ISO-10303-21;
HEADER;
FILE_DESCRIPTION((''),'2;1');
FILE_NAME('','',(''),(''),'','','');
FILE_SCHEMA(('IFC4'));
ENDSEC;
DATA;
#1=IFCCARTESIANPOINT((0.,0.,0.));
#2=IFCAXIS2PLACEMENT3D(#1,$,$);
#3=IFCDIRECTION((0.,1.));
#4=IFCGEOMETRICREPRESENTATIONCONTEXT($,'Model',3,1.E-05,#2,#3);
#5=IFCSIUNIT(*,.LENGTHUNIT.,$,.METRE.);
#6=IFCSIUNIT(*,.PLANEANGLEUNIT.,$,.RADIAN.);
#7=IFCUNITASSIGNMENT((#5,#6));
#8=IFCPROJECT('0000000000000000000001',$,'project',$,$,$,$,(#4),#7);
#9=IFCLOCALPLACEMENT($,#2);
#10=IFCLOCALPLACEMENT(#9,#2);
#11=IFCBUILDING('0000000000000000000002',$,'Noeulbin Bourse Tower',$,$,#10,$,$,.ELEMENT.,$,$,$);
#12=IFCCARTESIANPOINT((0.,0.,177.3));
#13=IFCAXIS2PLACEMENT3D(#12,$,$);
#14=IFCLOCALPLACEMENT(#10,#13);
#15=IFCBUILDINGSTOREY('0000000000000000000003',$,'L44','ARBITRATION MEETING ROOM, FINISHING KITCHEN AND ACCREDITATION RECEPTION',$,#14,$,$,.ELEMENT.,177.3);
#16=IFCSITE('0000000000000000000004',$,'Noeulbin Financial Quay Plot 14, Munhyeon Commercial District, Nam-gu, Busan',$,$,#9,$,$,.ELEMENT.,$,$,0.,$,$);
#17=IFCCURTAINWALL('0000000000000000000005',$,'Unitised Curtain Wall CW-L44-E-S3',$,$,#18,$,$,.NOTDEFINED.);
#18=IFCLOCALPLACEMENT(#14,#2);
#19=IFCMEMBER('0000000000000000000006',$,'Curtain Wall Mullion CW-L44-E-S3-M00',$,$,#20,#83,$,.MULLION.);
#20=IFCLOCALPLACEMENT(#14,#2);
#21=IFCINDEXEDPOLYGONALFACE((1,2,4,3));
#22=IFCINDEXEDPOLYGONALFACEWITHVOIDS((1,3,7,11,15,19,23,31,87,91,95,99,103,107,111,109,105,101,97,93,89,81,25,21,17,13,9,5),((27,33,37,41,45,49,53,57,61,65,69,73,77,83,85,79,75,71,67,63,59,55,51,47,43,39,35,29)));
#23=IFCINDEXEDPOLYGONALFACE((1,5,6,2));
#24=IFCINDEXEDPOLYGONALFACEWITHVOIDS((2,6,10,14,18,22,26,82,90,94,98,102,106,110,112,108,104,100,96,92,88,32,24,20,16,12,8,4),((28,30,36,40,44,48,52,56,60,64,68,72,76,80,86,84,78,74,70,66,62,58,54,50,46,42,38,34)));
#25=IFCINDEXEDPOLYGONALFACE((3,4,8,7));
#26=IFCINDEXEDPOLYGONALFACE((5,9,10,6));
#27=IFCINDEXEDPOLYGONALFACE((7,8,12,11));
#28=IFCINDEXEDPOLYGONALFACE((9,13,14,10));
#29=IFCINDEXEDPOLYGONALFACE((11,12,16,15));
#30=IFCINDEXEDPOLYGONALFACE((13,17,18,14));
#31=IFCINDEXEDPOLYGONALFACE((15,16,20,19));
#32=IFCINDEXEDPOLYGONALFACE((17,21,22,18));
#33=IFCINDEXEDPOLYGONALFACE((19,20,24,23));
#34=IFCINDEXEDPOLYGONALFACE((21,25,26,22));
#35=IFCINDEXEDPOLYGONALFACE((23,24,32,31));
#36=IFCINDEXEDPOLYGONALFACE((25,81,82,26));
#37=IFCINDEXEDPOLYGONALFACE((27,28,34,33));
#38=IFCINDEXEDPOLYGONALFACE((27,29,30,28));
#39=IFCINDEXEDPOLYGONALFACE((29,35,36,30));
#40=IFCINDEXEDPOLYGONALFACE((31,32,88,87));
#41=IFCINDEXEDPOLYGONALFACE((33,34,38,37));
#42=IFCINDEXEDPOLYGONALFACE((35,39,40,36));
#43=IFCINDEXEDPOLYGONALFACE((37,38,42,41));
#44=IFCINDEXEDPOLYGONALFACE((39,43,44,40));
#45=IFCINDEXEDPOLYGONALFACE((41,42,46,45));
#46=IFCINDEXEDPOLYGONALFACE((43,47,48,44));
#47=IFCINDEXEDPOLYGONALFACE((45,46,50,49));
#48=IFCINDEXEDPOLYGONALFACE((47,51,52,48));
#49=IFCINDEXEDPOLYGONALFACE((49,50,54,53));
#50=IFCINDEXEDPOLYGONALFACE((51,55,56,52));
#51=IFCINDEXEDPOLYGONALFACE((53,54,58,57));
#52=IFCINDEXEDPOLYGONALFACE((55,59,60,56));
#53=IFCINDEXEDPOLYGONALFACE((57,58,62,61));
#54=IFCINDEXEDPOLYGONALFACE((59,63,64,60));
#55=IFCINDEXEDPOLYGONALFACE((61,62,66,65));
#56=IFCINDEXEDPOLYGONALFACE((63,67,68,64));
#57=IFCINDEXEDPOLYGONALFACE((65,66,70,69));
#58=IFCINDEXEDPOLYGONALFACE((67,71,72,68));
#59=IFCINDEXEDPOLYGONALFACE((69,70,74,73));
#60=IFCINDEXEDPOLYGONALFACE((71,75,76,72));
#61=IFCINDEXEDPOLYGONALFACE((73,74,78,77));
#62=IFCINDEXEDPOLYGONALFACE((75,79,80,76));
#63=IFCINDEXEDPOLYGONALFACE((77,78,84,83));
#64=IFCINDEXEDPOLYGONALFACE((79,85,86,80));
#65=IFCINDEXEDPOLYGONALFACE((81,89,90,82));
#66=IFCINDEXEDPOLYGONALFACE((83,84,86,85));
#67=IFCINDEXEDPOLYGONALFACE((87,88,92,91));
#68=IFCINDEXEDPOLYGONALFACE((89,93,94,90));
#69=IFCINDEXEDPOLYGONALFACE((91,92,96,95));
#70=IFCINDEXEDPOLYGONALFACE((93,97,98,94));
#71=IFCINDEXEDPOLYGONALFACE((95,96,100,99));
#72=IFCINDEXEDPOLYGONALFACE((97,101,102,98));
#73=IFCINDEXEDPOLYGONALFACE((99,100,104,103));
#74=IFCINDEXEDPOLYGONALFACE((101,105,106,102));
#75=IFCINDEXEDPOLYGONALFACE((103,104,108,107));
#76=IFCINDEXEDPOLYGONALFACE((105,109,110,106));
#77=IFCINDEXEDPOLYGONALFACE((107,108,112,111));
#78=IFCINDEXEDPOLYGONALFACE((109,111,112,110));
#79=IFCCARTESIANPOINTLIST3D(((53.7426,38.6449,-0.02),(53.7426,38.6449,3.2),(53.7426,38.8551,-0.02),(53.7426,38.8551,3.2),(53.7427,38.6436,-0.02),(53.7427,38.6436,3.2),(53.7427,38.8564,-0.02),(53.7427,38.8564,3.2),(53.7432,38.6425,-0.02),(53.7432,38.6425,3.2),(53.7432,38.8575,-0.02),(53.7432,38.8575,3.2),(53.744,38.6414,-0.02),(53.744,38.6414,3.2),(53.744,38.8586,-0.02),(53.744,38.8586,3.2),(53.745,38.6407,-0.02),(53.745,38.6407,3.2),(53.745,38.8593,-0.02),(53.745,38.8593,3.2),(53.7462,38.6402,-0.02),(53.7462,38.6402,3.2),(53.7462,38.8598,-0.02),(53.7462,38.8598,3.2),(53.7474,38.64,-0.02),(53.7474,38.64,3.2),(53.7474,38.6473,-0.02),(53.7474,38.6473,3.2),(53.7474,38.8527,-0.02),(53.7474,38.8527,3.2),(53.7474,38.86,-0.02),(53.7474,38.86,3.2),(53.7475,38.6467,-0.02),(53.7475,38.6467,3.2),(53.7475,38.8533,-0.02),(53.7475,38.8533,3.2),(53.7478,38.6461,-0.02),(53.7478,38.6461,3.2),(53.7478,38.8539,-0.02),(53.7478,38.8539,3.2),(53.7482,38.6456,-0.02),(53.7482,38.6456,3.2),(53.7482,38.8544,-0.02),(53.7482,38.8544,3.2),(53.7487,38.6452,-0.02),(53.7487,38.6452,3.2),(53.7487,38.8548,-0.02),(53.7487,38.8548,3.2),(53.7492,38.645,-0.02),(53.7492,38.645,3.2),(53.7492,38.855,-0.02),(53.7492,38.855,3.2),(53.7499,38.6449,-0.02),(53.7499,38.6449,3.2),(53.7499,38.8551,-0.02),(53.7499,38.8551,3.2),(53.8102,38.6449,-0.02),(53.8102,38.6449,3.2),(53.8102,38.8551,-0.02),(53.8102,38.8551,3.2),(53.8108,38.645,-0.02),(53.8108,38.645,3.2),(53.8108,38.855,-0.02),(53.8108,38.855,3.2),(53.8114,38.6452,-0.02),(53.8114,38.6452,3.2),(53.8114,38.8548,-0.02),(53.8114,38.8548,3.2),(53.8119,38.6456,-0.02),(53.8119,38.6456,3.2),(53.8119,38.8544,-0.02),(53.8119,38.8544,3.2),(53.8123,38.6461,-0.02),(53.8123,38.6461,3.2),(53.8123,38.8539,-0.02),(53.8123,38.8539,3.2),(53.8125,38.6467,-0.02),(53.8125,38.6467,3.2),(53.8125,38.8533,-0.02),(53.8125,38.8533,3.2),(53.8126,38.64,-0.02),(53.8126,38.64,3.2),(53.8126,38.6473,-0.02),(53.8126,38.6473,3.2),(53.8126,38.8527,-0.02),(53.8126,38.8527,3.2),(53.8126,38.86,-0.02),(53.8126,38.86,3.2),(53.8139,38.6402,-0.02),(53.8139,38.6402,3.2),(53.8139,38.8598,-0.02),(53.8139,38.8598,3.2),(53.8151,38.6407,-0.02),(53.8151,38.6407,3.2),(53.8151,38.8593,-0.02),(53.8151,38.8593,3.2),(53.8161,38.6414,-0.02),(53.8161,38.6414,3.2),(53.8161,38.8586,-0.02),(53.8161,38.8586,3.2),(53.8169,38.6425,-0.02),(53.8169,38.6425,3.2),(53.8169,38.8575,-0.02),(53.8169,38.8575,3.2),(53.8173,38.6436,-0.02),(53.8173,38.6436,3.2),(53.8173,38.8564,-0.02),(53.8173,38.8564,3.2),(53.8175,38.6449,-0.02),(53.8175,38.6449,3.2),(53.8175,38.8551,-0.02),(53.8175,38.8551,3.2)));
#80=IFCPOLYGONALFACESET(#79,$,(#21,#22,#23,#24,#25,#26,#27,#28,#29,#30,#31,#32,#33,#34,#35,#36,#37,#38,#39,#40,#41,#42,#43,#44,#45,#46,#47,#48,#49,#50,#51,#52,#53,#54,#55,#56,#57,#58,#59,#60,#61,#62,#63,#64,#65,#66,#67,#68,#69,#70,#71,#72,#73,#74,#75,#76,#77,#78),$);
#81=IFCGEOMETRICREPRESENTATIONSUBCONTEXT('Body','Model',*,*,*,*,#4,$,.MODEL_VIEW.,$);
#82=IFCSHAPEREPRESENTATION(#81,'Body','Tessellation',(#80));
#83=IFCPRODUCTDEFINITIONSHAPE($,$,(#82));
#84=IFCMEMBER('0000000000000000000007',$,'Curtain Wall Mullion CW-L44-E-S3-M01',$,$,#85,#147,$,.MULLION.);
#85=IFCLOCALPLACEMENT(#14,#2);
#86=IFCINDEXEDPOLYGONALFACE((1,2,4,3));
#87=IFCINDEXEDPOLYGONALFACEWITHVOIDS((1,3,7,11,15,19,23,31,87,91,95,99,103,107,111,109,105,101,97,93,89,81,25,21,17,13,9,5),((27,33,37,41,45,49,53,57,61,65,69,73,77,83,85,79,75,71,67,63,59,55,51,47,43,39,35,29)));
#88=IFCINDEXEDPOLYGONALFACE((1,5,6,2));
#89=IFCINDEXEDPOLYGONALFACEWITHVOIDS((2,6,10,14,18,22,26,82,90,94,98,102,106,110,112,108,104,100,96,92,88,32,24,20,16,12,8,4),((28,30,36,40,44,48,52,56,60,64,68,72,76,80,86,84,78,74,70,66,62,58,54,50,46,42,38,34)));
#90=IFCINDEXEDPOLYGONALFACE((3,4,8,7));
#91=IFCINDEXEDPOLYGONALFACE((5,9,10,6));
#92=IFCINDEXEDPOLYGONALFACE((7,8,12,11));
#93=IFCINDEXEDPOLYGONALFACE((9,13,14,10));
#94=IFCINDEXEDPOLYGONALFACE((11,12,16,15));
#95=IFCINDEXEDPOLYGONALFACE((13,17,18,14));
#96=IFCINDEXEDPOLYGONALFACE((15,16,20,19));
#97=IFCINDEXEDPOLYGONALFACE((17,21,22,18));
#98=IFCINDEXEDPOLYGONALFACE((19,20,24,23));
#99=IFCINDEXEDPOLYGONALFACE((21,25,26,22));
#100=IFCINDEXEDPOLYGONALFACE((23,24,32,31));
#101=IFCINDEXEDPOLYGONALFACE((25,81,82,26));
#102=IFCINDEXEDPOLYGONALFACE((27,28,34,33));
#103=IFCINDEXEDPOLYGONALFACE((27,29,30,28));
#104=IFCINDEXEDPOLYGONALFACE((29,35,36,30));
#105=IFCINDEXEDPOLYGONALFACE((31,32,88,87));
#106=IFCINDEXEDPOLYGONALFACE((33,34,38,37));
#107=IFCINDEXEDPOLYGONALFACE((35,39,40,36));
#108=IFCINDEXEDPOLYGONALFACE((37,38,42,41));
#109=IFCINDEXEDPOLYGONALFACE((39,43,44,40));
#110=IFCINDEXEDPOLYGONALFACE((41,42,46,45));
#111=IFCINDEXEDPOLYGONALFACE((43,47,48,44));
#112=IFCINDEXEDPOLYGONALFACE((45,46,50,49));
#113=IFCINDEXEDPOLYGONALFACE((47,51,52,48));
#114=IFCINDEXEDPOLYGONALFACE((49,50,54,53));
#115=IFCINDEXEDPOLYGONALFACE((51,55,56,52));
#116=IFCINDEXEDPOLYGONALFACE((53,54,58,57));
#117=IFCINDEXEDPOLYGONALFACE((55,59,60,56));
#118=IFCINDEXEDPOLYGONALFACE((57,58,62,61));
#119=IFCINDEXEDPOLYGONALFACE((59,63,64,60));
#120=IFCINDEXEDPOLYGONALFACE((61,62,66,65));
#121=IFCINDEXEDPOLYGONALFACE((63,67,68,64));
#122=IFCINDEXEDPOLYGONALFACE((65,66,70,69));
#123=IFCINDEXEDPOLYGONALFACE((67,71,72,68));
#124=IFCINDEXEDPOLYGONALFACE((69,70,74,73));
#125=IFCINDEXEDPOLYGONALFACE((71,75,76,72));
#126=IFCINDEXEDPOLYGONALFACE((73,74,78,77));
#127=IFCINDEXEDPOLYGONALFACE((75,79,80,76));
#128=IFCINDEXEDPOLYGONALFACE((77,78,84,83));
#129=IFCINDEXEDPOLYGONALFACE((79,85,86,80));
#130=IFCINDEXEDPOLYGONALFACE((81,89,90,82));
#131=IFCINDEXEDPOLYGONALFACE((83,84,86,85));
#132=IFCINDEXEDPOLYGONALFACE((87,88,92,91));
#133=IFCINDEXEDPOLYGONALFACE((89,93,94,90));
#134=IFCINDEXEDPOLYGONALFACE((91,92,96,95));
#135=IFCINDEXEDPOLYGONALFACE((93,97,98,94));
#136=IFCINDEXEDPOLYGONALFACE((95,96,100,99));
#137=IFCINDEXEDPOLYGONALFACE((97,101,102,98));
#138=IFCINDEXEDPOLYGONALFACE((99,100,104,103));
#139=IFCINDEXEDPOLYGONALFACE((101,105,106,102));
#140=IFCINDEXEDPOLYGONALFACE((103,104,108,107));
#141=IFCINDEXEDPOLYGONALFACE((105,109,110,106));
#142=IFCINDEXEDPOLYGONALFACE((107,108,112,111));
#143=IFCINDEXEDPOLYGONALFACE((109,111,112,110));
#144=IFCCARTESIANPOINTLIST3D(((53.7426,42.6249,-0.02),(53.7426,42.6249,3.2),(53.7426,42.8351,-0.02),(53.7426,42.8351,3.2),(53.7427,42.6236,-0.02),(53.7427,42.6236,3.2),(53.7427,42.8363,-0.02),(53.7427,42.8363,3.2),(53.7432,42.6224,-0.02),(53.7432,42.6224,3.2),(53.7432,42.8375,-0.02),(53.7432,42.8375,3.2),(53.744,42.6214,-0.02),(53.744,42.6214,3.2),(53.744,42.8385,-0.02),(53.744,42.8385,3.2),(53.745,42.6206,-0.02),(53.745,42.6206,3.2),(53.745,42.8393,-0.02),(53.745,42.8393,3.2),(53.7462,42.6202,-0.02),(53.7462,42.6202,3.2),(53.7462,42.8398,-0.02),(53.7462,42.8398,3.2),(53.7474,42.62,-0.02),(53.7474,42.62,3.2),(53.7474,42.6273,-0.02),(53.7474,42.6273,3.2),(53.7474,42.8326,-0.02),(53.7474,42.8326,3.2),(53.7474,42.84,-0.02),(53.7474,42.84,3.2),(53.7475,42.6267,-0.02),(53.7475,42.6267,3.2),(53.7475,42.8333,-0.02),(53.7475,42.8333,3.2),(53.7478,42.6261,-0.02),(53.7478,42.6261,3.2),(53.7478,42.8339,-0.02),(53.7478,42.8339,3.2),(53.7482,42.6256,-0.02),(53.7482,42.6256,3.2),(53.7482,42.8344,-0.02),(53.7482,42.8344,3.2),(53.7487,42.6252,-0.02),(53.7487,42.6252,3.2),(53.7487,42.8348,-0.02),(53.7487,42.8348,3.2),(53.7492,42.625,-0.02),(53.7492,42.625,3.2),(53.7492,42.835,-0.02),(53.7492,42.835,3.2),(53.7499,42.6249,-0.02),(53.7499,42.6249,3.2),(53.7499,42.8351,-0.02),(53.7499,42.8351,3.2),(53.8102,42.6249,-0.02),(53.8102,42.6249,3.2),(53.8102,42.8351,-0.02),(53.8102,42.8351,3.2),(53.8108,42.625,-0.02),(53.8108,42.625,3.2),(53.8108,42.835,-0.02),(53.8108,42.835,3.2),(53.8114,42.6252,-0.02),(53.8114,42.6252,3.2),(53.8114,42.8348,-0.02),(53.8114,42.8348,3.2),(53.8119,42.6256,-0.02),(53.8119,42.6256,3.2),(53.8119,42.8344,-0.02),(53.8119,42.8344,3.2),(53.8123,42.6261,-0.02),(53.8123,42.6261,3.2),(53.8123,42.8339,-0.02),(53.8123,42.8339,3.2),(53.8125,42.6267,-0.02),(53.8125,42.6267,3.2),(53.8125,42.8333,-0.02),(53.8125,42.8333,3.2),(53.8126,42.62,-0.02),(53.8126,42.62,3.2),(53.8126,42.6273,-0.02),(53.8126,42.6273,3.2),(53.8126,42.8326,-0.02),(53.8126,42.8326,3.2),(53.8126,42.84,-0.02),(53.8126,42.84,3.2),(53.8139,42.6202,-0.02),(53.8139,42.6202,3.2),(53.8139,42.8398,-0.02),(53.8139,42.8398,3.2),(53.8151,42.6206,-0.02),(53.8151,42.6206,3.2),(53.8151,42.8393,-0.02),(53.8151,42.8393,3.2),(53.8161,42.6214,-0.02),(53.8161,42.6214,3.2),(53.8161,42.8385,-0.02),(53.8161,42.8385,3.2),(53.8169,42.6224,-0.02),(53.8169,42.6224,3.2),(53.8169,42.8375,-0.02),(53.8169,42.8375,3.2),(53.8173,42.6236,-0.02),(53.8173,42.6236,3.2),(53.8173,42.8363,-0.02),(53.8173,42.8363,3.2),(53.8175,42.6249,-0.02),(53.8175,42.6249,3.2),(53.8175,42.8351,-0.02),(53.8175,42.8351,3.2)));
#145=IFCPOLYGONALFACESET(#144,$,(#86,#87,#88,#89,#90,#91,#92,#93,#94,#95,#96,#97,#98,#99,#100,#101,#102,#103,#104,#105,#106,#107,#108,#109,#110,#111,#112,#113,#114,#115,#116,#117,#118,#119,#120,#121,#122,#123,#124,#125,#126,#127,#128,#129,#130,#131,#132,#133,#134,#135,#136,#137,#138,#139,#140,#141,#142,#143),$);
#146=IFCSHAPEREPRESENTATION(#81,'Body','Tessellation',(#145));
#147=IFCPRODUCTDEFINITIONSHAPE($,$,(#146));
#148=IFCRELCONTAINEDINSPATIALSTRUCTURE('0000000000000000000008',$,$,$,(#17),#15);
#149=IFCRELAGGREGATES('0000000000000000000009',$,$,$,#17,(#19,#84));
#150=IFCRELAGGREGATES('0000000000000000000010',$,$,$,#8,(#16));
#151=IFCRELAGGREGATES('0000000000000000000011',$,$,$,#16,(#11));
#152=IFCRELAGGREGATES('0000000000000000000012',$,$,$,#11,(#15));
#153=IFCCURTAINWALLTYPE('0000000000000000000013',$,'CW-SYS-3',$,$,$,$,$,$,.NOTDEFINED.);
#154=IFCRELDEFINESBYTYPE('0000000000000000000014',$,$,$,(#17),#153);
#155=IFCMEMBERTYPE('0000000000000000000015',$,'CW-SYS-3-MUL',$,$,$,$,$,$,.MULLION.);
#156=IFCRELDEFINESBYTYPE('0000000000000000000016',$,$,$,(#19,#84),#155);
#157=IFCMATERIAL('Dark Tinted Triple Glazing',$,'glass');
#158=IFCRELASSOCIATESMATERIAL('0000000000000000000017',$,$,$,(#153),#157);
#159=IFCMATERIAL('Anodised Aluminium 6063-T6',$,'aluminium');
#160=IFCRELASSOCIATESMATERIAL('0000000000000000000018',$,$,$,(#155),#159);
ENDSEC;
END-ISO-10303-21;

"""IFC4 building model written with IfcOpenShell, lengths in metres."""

from ifc_helpers import new_model, si_unit, direction, frame, origin, origin_2d, place, context, subcontext, project, spatial, hollow_rectangle, extrude, material, material_profile, profile_set, type_object, element, aggregate, save


model = new_model("IFC4")

# Units and contexts
model_context = context("Model", 3, precision=1e-05, world=origin(), true_north=direction((0.0, 1.0)))
body_context = subcontext(model_context, "Body", "Model", "MODEL_VIEW")
ifc_project = project(units=[si_unit("LENGTHUNIT", "METRE"), si_unit("PLANEANGLEUNIT", "RADIAN")], contexts=[model_context])

# Site, building, storey
site_placement = place(None, origin())
site = spatial("IfcSite", under=ifc_project, at=site_placement, Name="Noeulbin Financial Quay Plot 14, Munhyeon Commercial District, Nam-gu, Busan", CompositionType="ELEMENT", RefElevation=0.0)
building_placement = place(site_placement, origin())
building = spatial("IfcBuilding", under=site, at=building_placement, Name="Noeulbin Bourse Tower", CompositionType="ELEMENT")
storey_placement = place(building_placement, frame((0.0, 0.0, 177.3)))
storey = spatial("IfcBuildingStorey", under=building, at=storey_placement, Name="L44", Description="ARBITRATION MEETING ROOM, FINISHING KITCHEN AND ACCREDITATION RECEPTION", CompositionType="ELEMENT", Elevation=177.3)

# Shared definitions
ifc_material_1 = material(Name="Dark Tinted Triple Glazing", Category="glass")
curtain_wall_type = type_object("IfcCurtainWallType", Name="CW-SYS-3", PredefinedType="NOTDEFINED", material=ifc_material_1)
ifc_material_2 = material(Name="Anodised Aluminium 6063-T6", Category="aluminium")
ifc_material_profile_1 = material_profile(ifc_material_2, hollow_rectangle(XDim=0.075, YDim=0.22, WallThickness=0.0049, InnerFilletRadius=0.0024, OuterFilletRadius=0.0049, at=origin_2d()), Name="ALU-MULL-75x220x5", Category="LoadBearing")
ifc_profile_set_1 = profile_set([ifc_material_profile_1], Name="Anodised Aluminium 6063-T6")
member_type_1 = type_object("IfcMemberType", Name="CW-SYS-3-MUL", PredefinedType="MULLION", material=ifc_profile_set_1)

# Curtain wall, members
curtain_wall_1_placement = place(storey_placement, origin())
curtain_wall_1 = element("IfcCurtainWall", 1, at=curtain_wall_1_placement, inside=storey, type_object=curtain_wall_type, Name="Unitised Curtain Wall CW-L44-E-S3", PredefinedType="NOTDEFINED")
member_1_placement = place(storey_placement, frame((53.78, 38.75, -0.02), z_axis=(0.0, 0.0, 1.0), x_axis=(1.0, 0.0, 0.0)))
member_1 = element("IfcMember", 2, at=member_1_placement, type_object=member_type_1, Name="Curtain Wall Mullion CW-L44-E-S3-M00", PredefinedType="MULLION", context=body_context, shape_type="SweptSolid", body=[
    extrude(hollow_rectangle(XDim=0.075, YDim=0.22, WallThickness=0.0049, InnerFilletRadius=0.0024, OuterFilletRadius=0.0049, at=origin_2d()), origin(), (0.0, 0.0, 1.0), 3.22),
])
member_2_placement = place(storey_placement, frame((53.78, 42.73, -0.02), z_axis=(0.0, 0.0, 1.0), x_axis=(1.0, 0.0, 0.0)))
member_2 = element("IfcMember", 3, at=member_2_placement, type_object=member_type_1, Name="Curtain Wall Mullion CW-L44-E-S3-M01", PredefinedType="MULLION", context=body_context, shape_type="SweptSolid", body=[
    extrude(hollow_rectangle(XDim=0.075, YDim=0.22, WallThickness=0.0049, InnerFilletRadius=0.0024, OuterFilletRadius=0.0049, at=origin_2d()), origin(), (0.0, 0.0, 1.0), 3.22),
])

aggregate(curtain_wall_1, [member_1, member_2])

save(model, "model.ifc")
